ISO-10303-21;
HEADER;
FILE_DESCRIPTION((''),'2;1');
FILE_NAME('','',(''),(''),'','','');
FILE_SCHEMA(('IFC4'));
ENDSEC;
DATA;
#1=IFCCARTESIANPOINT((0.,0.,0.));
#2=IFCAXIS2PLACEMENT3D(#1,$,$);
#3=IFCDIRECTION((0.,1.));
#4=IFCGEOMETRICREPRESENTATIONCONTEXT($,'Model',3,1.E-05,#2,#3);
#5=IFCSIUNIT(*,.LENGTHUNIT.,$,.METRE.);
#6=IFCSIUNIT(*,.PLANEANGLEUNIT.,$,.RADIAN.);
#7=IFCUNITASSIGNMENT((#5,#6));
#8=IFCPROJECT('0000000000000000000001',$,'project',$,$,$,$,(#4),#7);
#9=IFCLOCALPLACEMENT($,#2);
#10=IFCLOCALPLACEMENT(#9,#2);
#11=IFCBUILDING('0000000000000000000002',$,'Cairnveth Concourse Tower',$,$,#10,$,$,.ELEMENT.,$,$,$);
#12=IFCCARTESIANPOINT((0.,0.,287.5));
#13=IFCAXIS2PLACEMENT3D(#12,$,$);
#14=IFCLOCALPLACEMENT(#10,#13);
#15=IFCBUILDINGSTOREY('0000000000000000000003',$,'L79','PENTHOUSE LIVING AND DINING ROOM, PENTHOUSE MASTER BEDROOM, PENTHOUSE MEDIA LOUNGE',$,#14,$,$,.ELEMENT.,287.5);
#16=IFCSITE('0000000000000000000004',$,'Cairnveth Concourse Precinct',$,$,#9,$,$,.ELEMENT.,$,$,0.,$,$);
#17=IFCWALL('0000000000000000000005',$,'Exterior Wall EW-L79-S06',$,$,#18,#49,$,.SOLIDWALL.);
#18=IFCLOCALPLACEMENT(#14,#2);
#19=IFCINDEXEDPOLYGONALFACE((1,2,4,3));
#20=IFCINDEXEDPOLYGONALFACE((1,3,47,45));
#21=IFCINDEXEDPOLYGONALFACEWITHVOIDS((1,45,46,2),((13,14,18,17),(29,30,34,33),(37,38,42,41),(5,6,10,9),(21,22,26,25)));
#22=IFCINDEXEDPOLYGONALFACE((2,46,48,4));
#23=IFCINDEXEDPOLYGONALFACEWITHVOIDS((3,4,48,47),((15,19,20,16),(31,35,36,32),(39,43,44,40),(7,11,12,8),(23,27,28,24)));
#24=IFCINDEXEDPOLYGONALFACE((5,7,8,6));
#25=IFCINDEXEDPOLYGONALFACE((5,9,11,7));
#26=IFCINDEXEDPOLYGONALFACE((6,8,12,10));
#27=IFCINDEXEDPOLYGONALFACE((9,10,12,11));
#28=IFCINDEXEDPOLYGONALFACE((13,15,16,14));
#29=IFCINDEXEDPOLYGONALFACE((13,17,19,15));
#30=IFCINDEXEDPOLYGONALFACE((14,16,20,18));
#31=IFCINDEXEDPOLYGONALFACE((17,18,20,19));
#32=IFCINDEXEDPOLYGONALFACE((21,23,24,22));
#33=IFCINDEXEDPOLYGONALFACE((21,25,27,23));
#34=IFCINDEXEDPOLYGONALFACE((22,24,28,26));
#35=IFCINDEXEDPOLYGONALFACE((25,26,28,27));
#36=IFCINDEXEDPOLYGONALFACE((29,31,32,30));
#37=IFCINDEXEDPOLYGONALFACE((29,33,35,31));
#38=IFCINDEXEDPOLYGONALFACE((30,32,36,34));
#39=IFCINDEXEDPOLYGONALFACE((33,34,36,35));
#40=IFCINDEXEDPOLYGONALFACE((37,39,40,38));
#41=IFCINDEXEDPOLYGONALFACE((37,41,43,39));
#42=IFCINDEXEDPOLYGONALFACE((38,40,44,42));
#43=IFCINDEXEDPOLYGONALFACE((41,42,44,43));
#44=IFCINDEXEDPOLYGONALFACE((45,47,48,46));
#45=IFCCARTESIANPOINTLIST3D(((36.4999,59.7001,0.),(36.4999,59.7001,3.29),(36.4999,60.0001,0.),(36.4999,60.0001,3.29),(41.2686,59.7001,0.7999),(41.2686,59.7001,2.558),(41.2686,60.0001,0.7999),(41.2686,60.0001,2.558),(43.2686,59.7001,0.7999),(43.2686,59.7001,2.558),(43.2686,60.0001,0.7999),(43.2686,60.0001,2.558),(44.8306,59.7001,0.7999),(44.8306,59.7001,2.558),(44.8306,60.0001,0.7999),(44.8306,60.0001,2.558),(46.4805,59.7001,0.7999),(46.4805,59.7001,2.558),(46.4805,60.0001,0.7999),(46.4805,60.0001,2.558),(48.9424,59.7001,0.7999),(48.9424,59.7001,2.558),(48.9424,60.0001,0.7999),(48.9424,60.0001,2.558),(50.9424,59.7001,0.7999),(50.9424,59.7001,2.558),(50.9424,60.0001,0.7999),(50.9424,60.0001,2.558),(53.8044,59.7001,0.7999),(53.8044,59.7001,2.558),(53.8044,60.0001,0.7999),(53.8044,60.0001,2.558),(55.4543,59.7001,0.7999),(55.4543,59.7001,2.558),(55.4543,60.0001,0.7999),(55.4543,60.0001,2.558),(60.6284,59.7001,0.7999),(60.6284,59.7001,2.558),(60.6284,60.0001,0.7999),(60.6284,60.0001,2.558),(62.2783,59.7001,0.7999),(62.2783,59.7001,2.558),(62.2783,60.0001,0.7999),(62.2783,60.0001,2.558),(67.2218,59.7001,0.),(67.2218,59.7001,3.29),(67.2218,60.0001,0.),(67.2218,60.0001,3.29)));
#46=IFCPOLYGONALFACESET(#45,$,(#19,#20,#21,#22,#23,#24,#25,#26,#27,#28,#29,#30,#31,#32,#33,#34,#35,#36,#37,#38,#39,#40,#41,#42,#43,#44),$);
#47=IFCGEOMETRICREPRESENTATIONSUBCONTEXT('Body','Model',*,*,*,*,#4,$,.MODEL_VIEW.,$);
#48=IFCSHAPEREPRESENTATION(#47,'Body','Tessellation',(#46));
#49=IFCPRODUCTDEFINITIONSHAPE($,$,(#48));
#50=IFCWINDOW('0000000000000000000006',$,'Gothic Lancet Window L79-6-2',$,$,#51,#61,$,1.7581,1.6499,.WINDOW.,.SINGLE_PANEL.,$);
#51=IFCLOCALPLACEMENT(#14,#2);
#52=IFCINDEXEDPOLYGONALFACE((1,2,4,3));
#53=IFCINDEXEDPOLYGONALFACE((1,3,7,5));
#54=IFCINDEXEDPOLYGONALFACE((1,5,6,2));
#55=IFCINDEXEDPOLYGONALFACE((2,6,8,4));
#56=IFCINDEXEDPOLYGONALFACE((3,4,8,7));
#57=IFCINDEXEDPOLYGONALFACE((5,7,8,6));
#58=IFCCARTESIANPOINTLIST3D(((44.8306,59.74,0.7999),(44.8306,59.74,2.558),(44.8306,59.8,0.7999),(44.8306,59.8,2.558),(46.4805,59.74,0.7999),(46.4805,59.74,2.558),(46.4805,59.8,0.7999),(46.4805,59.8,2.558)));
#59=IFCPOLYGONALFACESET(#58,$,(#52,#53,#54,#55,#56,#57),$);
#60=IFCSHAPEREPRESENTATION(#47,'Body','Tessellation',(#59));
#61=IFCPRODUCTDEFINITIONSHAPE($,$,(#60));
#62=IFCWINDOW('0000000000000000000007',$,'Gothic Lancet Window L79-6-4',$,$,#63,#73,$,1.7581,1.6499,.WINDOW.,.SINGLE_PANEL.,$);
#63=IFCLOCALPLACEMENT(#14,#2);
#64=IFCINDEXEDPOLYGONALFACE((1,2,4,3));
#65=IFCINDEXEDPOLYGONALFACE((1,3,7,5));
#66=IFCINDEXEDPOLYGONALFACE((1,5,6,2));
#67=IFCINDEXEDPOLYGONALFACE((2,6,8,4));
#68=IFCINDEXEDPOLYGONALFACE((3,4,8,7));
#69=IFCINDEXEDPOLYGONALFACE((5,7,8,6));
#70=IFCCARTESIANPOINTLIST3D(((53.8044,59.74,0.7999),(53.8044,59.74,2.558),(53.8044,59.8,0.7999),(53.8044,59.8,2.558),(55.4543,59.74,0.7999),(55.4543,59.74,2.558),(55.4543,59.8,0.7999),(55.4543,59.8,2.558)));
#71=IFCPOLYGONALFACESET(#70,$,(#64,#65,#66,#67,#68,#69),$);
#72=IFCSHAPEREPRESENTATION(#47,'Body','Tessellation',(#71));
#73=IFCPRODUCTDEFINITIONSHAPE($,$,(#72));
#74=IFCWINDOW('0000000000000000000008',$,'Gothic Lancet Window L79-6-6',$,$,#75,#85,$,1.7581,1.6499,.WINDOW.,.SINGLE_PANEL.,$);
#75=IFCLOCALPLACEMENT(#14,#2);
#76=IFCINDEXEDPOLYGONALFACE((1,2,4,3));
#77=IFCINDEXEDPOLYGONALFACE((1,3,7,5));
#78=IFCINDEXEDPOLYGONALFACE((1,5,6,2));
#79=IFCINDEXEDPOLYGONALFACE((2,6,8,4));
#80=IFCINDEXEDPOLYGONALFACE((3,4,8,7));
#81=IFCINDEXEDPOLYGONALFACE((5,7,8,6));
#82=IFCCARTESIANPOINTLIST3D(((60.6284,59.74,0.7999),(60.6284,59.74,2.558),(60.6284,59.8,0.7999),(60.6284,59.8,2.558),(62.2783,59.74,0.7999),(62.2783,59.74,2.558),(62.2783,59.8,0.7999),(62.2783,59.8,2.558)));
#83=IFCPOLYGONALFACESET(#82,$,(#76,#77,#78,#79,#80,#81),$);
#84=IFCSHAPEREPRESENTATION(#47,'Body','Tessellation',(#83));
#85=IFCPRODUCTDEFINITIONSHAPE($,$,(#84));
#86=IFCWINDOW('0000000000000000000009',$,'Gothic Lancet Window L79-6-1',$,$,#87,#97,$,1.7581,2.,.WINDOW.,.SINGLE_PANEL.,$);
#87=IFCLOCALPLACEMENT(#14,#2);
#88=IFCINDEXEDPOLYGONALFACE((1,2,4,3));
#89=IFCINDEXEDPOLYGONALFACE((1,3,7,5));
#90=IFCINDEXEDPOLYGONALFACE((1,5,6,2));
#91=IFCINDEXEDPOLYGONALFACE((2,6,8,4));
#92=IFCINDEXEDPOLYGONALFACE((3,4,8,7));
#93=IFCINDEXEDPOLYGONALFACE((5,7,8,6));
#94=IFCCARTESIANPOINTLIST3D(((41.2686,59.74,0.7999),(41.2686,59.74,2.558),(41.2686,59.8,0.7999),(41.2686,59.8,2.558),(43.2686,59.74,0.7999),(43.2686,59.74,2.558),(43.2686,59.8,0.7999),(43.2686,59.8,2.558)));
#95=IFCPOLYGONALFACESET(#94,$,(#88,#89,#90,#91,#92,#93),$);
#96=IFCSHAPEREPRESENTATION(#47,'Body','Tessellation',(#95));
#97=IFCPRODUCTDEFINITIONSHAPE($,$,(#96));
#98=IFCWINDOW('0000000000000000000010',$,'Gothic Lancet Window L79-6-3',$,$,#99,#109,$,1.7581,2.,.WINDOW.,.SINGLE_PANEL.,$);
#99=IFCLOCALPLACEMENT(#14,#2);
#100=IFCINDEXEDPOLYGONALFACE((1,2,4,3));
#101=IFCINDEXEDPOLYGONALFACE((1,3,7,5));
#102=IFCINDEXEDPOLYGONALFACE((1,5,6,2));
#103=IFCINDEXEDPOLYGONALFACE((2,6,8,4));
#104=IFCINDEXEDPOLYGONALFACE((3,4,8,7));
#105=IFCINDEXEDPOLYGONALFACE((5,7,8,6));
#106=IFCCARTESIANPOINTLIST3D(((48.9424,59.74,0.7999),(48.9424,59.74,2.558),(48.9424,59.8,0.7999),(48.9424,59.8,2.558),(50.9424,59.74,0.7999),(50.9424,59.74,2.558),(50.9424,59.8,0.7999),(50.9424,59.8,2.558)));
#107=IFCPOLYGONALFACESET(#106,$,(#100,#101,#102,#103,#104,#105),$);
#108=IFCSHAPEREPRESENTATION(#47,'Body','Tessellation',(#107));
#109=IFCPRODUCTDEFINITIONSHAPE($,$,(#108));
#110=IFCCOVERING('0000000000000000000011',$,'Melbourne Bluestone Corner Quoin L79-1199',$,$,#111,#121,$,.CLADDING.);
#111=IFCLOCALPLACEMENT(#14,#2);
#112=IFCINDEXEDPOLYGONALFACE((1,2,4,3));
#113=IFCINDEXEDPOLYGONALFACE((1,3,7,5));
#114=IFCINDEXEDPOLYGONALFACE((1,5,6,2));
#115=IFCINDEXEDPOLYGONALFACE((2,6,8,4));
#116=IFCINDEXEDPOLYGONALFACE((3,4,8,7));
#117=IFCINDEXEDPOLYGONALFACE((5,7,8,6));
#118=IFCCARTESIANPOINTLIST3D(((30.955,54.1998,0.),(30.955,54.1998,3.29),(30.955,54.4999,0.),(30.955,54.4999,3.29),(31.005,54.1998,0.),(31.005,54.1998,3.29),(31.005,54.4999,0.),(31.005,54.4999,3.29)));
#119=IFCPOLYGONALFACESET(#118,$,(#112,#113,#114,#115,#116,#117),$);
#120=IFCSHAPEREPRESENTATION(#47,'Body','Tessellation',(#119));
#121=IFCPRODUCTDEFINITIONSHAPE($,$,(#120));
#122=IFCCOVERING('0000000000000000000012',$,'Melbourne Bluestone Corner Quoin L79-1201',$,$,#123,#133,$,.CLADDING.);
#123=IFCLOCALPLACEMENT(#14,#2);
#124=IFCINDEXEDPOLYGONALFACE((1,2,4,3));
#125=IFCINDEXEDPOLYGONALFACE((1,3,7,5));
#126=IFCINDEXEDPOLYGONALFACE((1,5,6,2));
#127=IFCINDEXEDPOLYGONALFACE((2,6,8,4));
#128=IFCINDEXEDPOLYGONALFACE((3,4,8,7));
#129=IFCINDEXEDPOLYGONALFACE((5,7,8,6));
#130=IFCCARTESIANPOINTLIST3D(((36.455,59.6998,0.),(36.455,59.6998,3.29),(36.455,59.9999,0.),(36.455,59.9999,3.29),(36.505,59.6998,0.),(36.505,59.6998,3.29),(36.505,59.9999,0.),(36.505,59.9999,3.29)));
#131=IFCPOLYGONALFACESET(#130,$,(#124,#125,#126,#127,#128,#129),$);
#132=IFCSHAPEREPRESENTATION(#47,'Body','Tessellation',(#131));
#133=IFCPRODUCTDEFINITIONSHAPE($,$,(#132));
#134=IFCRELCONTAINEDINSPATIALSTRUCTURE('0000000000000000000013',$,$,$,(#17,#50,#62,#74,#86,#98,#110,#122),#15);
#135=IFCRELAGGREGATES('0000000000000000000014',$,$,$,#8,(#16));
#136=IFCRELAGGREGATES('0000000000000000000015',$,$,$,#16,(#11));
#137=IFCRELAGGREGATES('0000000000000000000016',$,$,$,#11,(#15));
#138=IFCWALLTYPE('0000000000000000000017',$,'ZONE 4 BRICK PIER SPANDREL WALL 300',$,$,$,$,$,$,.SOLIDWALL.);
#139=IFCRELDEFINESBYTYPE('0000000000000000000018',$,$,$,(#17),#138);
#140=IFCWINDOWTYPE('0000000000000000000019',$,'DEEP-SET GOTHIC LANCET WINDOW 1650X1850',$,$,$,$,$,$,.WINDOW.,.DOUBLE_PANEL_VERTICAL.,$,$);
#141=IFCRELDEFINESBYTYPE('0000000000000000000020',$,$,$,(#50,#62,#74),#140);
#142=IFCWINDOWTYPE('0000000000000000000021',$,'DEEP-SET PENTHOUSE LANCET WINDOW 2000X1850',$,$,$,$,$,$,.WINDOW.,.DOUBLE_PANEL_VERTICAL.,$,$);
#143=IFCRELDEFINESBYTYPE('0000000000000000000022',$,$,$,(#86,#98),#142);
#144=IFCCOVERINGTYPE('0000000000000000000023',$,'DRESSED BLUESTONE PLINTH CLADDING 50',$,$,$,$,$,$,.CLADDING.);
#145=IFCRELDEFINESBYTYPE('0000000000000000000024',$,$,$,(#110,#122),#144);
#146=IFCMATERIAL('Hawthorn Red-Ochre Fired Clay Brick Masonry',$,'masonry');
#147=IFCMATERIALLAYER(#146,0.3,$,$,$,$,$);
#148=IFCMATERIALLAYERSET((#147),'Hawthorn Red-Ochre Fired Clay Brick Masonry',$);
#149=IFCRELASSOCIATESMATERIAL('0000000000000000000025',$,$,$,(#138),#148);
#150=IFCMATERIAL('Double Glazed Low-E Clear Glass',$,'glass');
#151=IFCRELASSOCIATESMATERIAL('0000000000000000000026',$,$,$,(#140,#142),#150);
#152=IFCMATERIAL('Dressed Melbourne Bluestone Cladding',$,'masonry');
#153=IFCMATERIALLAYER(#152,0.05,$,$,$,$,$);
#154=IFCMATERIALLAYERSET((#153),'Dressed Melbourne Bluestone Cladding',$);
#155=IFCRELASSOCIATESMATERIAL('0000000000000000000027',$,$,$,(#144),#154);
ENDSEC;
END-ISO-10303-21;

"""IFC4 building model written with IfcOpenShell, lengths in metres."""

from ifc_helpers import new_model, si_unit, direction, frame, frame_2d, origin, place, context, subcontext, project, spatial, rectangle, extrude, material, layer, layer_set, type_object, element, fill, save


model = new_model("IFC4")

# Units and contexts
model_context = context("Model", 3, precision=1e-05, world=origin(), true_north=direction((0.0, 1.0)))
body_context = subcontext(model_context, "Body", "Model", "MODEL_VIEW")
ifc_project = project(units=[si_unit("LENGTHUNIT", "METRE"), si_unit("PLANEANGLEUNIT", "RADIAN")], contexts=[model_context])

# Site, building, storey
site_placement = place(None, origin())
site = spatial("IfcSite", under=ifc_project, at=site_placement, Name="Cairnveth Concourse Precinct", CompositionType="ELEMENT", RefElevation=0.0)
building_placement = place(site_placement, origin())
building = spatial("IfcBuilding", under=site, at=building_placement, Name="Cairnveth Concourse Tower", CompositionType="ELEMENT")
storey_placement = place(building_placement, frame((0.0, 0.0, 287.5)))
storey = spatial("IfcBuildingStorey", under=building, at=storey_placement, Name="L79", Description="PENTHOUSE LIVING AND DINING ROOM, PENTHOUSE MASTER BEDROOM, PENTHOUSE MEDIA LOUNGE", CompositionType="ELEMENT", Elevation=287.5)

# Shared definitions
ifc_material_1 = material(Name="Hawthorn Red-Ochre Fired Clay Brick Masonry", Category="masonry")
ifc_layer_1 = layer(ifc_material_1, 0.3)
ifc_layer_set_1 = layer_set([ifc_layer_1], Name="Hawthorn Red-Ochre Fired Clay Brick Masonry")
wall_type_1 = type_object("IfcWallType", Name="ZONE 4 BRICK PIER SPANDREL WALL 300", PredefinedType="SOLIDWALL", material=ifc_layer_set_1)

# Wall, openings, windows
wall_1_placement = place(storey_placement, frame((36.5, 59.8501, 0.0), z_axis=(0.0, 0.0, 1.0), x_axis=(1.0, 0.0, 0.0)))
wall_1 = element("IfcWall", 1, at=wall_1_placement, inside=storey, type_object=wall_type_1, Name="Exterior Wall EW-L79-S06", PredefinedType="SOLIDWALL", context=body_context, shape_type="SweptSolid", body=[
    extrude(rectangle(XDim=30.7219, YDim=0.3, at=frame_2d((15.3608, 0.0))), origin(), (0.0, 0.0, 1.0), 3.29),
])
opening_1_placement = place(wall_1_placement, frame((4.7686, 0.0, 0.8)))
opening_1 = element("IfcOpeningElement", 2, at=opening_1_placement, cuts=wall_1, PredefinedType="OPENING", context=body_context, shape_type="SweptSolid", body=[
    extrude(rectangle(XDim=2.0, YDim=1.7581, at=frame_2d((1.0, 0.8789))), frame((0.0, 0.1599, 0.0), z_axis=(0.0, -1.0, 0.0), x_axis=(1.0, 0.0, 0.0)), (0.0, 0.0, 1.0), 0.3201),
])
opening_2_placement = place(wall_1_placement, frame((8.3306, 0.0, 0.8)))
opening_2 = element("IfcOpeningElement", 3, at=opening_2_placement, cuts=wall_1, PredefinedType="OPENING", context=body_context, shape_type="SweptSolid", body=[
    extrude(rectangle(XDim=1.6499, YDim=1.7581, at=frame_2d((0.825, 0.8789))), frame((0.0, 0.1599, 0.0), z_axis=(0.0, -1.0, 0.0), x_axis=(1.0, 0.0, 0.0)), (0.0, 0.0, 1.0), 0.3201),
])
opening_3_placement = place(wall_1_placement, frame((12.4424, 0.0, 0.8)))
opening_3 = element("IfcOpeningElement", 4, at=opening_3_placement, cuts=wall_1, PredefinedType="OPENING", context=body_context, shape_type="SweptSolid", body=[
    extrude(rectangle(XDim=2.0, YDim=1.7581, at=frame_2d((1.0, 0.8789))), frame((0.0, 0.1599, 0.0), z_axis=(0.0, -1.0, 0.0), x_axis=(1.0, 0.0, 0.0)), (0.0, 0.0, 1.0), 0.3201),
])
opening_4_placement = place(wall_1_placement, frame((17.3044, 0.0, 0.8)))
opening_4 = element("IfcOpeningElement", 5, at=opening_4_placement, cuts=wall_1, PredefinedType="OPENING", context=body_context, shape_type="SweptSolid", body=[
    extrude(rectangle(XDim=1.6499, YDim=1.7581, at=frame_2d((0.825, 0.8789))), frame((0.0, 0.1599, 0.0), z_axis=(0.0, -1.0, 0.0), x_axis=(1.0, 0.0, 0.0)), (0.0, 0.0, 1.0), 0.3201),
])
opening_5_placement = place(wall_1_placement, frame((24.1284, 0.0, 0.8)))
opening_5 = element("IfcOpeningElement", 6, at=opening_5_placement, cuts=wall_1, PredefinedType="OPENING", context=body_context, shape_type="SweptSolid", body=[
    extrude(rectangle(XDim=1.6499, YDim=1.7581, at=frame_2d((0.825, 0.8789))), frame((0.0, 0.1599, 0.0), z_axis=(0.0, -1.0, 0.0), x_axis=(1.0, 0.0, 0.0)), (0.0, 0.0, 1.0), 0.3201),
])
ifc_material_2 = material(Name="Double Glazed Low-E Clear Glass", Category="glass")
window_type_1 = type_object("IfcWindowType", Name="DEEP-SET GOTHIC LANCET WINDOW 1650X1850", PartitioningType="DOUBLE_PANEL_VERTICAL", PredefinedType="WINDOW", material=ifc_material_2)
window_1_placement = place(opening_2_placement, origin())
window_1 = element("IfcWindow", 7, at=window_1_placement, inside=storey, type_object=window_type_1, Name="Gothic Lancet Window L79-6-2", OverallHeight=1.7581, OverallWidth=1.6499, PartitioningType="SINGLE_PANEL", PredefinedType="WINDOW", context=body_context, shape_type="SweptSolid", body=[
    extrude(rectangle(XDim=1.6499, YDim=1.7581, at=frame_2d((0.825, 0.8789))), frame((0.0, -0.05, 0.0), z_axis=(0.0, -1.0, 0.0), x_axis=(1.0, 0.0, 0.0)), (0.0, 0.0, 1.0), 0.0601),
])
fill(opening_2, window_1)
window_2_placement = place(opening_4_placement, origin())
window_2 = element("IfcWindow", 8, at=window_2_placement, inside=storey, type_object=window_type_1, Name="Gothic Lancet Window L79-6-4", OverallHeight=1.7581, OverallWidth=1.6499, PartitioningType="SINGLE_PANEL", PredefinedType="WINDOW", context=body_context, shape_type="SweptSolid", body=[
    extrude(rectangle(XDim=1.6499, YDim=1.7581, at=frame_2d((0.825, 0.8789))), frame((0.0, -0.05, 0.0), z_axis=(0.0, -1.0, 0.0), x_axis=(1.0, 0.0, 0.0)), (0.0, 0.0, 1.0), 0.0601),
])
fill(opening_4, window_2)
window_3_placement = place(opening_5_placement, origin())
window_3 = element("IfcWindow", 9, at=window_3_placement, inside=storey, type_object=window_type_1, Name="Gothic Lancet Window L79-6-6", OverallHeight=1.7581, OverallWidth=1.6499, PartitioningType="SINGLE_PANEL", PredefinedType="WINDOW", context=body_context, shape_type="SweptSolid", body=[
    extrude(rectangle(XDim=1.6499, YDim=1.7581, at=frame_2d((0.825, 0.8789))), frame((0.0, -0.05, 0.0), z_axis=(0.0, -1.0, 0.0), x_axis=(1.0, 0.0, 0.0)), (0.0, 0.0, 1.0), 0.0601),
])
fill(opening_5, window_3)
window_type_2 = type_object("IfcWindowType", Name="DEEP-SET PENTHOUSE LANCET WINDOW 2000X1850", PartitioningType="DOUBLE_PANEL_VERTICAL", PredefinedType="WINDOW", material=ifc_material_2)
window_4_placement = place(opening_1_placement, origin())
window_4 = element("IfcWindow", 10, at=window_4_placement, inside=storey, type_object=window_type_2, Name="Gothic Lancet Window L79-6-1", OverallHeight=1.7581, OverallWidth=2.0, PartitioningType="SINGLE_PANEL", PredefinedType="WINDOW", context=body_context, shape_type="SweptSolid", body=[
    extrude(rectangle(XDim=2.0, YDim=1.7581, at=frame_2d((1.0, 0.8789))), frame((0.0, -0.05, 0.0), z_axis=(0.0, -1.0, 0.0), x_axis=(1.0, 0.0, 0.0)), (0.0, 0.0, 1.0), 0.0601),
])
fill(opening_1, window_4)
window_5_placement = place(opening_3_placement, origin())
window_5 = element("IfcWindow", 11, at=window_5_placement, inside=storey, type_object=window_type_2, Name="Gothic Lancet Window L79-6-3", OverallHeight=1.7581, OverallWidth=2.0, PartitioningType="SINGLE_PANEL", PredefinedType="WINDOW", context=body_context, shape_type="SweptSolid", body=[
    extrude(rectangle(XDim=2.0, YDim=1.7581, at=frame_2d((1.0, 0.8789))), frame((0.0, -0.05, 0.0), z_axis=(0.0, -1.0, 0.0), x_axis=(1.0, 0.0, 0.0)), (0.0, 0.0, 1.0), 0.0601),
])
fill(opening_3, window_5)

# Coverings
ifc_material_3 = material(Name="Dressed Melbourne Bluestone Cladding", Category="masonry")
ifc_layer_2 = layer(ifc_material_3, 0.05)
ifc_layer_set_2 = layer_set([ifc_layer_2], Name="Dressed Melbourne Bluestone Cladding")
covering_type = type_object("IfcCoveringType", Name="DRESSED BLUESTONE PLINTH CLADDING 50", PredefinedType="CLADDING", material=ifc_layer_set_2)
for number, where, z_axis, x_axis, name in (
    (12, (30.98, 54.2, 0.0), (0.0, 0.0, 1.0), (0.0, 1.0, 0.0), "Melbourne Bluestone Corner Quoin L79-1199"),
    (13, (36.48, 59.7, 0.0), (0.0, 0.0, 1.0), (0.0, 1.0, 0.0), "Melbourne Bluestone Corner Quoin L79-1201"),
):
    element("IfcCovering", number, at=place(storey_placement, frame(where, z_axis=z_axis, x_axis=x_axis)), inside=storey, type_object=covering_type, Name=name, PredefinedType="CLADDING", context=body_context, shape_type="SweptSolid", body=[
        extrude(rectangle(XDim=0.3, YDim=0.05, at=frame_2d((0.1499, 0.0))), origin(), (0.0, 0.0, 1.0), 3.29),
    ])

save(model, "model.ifc")
